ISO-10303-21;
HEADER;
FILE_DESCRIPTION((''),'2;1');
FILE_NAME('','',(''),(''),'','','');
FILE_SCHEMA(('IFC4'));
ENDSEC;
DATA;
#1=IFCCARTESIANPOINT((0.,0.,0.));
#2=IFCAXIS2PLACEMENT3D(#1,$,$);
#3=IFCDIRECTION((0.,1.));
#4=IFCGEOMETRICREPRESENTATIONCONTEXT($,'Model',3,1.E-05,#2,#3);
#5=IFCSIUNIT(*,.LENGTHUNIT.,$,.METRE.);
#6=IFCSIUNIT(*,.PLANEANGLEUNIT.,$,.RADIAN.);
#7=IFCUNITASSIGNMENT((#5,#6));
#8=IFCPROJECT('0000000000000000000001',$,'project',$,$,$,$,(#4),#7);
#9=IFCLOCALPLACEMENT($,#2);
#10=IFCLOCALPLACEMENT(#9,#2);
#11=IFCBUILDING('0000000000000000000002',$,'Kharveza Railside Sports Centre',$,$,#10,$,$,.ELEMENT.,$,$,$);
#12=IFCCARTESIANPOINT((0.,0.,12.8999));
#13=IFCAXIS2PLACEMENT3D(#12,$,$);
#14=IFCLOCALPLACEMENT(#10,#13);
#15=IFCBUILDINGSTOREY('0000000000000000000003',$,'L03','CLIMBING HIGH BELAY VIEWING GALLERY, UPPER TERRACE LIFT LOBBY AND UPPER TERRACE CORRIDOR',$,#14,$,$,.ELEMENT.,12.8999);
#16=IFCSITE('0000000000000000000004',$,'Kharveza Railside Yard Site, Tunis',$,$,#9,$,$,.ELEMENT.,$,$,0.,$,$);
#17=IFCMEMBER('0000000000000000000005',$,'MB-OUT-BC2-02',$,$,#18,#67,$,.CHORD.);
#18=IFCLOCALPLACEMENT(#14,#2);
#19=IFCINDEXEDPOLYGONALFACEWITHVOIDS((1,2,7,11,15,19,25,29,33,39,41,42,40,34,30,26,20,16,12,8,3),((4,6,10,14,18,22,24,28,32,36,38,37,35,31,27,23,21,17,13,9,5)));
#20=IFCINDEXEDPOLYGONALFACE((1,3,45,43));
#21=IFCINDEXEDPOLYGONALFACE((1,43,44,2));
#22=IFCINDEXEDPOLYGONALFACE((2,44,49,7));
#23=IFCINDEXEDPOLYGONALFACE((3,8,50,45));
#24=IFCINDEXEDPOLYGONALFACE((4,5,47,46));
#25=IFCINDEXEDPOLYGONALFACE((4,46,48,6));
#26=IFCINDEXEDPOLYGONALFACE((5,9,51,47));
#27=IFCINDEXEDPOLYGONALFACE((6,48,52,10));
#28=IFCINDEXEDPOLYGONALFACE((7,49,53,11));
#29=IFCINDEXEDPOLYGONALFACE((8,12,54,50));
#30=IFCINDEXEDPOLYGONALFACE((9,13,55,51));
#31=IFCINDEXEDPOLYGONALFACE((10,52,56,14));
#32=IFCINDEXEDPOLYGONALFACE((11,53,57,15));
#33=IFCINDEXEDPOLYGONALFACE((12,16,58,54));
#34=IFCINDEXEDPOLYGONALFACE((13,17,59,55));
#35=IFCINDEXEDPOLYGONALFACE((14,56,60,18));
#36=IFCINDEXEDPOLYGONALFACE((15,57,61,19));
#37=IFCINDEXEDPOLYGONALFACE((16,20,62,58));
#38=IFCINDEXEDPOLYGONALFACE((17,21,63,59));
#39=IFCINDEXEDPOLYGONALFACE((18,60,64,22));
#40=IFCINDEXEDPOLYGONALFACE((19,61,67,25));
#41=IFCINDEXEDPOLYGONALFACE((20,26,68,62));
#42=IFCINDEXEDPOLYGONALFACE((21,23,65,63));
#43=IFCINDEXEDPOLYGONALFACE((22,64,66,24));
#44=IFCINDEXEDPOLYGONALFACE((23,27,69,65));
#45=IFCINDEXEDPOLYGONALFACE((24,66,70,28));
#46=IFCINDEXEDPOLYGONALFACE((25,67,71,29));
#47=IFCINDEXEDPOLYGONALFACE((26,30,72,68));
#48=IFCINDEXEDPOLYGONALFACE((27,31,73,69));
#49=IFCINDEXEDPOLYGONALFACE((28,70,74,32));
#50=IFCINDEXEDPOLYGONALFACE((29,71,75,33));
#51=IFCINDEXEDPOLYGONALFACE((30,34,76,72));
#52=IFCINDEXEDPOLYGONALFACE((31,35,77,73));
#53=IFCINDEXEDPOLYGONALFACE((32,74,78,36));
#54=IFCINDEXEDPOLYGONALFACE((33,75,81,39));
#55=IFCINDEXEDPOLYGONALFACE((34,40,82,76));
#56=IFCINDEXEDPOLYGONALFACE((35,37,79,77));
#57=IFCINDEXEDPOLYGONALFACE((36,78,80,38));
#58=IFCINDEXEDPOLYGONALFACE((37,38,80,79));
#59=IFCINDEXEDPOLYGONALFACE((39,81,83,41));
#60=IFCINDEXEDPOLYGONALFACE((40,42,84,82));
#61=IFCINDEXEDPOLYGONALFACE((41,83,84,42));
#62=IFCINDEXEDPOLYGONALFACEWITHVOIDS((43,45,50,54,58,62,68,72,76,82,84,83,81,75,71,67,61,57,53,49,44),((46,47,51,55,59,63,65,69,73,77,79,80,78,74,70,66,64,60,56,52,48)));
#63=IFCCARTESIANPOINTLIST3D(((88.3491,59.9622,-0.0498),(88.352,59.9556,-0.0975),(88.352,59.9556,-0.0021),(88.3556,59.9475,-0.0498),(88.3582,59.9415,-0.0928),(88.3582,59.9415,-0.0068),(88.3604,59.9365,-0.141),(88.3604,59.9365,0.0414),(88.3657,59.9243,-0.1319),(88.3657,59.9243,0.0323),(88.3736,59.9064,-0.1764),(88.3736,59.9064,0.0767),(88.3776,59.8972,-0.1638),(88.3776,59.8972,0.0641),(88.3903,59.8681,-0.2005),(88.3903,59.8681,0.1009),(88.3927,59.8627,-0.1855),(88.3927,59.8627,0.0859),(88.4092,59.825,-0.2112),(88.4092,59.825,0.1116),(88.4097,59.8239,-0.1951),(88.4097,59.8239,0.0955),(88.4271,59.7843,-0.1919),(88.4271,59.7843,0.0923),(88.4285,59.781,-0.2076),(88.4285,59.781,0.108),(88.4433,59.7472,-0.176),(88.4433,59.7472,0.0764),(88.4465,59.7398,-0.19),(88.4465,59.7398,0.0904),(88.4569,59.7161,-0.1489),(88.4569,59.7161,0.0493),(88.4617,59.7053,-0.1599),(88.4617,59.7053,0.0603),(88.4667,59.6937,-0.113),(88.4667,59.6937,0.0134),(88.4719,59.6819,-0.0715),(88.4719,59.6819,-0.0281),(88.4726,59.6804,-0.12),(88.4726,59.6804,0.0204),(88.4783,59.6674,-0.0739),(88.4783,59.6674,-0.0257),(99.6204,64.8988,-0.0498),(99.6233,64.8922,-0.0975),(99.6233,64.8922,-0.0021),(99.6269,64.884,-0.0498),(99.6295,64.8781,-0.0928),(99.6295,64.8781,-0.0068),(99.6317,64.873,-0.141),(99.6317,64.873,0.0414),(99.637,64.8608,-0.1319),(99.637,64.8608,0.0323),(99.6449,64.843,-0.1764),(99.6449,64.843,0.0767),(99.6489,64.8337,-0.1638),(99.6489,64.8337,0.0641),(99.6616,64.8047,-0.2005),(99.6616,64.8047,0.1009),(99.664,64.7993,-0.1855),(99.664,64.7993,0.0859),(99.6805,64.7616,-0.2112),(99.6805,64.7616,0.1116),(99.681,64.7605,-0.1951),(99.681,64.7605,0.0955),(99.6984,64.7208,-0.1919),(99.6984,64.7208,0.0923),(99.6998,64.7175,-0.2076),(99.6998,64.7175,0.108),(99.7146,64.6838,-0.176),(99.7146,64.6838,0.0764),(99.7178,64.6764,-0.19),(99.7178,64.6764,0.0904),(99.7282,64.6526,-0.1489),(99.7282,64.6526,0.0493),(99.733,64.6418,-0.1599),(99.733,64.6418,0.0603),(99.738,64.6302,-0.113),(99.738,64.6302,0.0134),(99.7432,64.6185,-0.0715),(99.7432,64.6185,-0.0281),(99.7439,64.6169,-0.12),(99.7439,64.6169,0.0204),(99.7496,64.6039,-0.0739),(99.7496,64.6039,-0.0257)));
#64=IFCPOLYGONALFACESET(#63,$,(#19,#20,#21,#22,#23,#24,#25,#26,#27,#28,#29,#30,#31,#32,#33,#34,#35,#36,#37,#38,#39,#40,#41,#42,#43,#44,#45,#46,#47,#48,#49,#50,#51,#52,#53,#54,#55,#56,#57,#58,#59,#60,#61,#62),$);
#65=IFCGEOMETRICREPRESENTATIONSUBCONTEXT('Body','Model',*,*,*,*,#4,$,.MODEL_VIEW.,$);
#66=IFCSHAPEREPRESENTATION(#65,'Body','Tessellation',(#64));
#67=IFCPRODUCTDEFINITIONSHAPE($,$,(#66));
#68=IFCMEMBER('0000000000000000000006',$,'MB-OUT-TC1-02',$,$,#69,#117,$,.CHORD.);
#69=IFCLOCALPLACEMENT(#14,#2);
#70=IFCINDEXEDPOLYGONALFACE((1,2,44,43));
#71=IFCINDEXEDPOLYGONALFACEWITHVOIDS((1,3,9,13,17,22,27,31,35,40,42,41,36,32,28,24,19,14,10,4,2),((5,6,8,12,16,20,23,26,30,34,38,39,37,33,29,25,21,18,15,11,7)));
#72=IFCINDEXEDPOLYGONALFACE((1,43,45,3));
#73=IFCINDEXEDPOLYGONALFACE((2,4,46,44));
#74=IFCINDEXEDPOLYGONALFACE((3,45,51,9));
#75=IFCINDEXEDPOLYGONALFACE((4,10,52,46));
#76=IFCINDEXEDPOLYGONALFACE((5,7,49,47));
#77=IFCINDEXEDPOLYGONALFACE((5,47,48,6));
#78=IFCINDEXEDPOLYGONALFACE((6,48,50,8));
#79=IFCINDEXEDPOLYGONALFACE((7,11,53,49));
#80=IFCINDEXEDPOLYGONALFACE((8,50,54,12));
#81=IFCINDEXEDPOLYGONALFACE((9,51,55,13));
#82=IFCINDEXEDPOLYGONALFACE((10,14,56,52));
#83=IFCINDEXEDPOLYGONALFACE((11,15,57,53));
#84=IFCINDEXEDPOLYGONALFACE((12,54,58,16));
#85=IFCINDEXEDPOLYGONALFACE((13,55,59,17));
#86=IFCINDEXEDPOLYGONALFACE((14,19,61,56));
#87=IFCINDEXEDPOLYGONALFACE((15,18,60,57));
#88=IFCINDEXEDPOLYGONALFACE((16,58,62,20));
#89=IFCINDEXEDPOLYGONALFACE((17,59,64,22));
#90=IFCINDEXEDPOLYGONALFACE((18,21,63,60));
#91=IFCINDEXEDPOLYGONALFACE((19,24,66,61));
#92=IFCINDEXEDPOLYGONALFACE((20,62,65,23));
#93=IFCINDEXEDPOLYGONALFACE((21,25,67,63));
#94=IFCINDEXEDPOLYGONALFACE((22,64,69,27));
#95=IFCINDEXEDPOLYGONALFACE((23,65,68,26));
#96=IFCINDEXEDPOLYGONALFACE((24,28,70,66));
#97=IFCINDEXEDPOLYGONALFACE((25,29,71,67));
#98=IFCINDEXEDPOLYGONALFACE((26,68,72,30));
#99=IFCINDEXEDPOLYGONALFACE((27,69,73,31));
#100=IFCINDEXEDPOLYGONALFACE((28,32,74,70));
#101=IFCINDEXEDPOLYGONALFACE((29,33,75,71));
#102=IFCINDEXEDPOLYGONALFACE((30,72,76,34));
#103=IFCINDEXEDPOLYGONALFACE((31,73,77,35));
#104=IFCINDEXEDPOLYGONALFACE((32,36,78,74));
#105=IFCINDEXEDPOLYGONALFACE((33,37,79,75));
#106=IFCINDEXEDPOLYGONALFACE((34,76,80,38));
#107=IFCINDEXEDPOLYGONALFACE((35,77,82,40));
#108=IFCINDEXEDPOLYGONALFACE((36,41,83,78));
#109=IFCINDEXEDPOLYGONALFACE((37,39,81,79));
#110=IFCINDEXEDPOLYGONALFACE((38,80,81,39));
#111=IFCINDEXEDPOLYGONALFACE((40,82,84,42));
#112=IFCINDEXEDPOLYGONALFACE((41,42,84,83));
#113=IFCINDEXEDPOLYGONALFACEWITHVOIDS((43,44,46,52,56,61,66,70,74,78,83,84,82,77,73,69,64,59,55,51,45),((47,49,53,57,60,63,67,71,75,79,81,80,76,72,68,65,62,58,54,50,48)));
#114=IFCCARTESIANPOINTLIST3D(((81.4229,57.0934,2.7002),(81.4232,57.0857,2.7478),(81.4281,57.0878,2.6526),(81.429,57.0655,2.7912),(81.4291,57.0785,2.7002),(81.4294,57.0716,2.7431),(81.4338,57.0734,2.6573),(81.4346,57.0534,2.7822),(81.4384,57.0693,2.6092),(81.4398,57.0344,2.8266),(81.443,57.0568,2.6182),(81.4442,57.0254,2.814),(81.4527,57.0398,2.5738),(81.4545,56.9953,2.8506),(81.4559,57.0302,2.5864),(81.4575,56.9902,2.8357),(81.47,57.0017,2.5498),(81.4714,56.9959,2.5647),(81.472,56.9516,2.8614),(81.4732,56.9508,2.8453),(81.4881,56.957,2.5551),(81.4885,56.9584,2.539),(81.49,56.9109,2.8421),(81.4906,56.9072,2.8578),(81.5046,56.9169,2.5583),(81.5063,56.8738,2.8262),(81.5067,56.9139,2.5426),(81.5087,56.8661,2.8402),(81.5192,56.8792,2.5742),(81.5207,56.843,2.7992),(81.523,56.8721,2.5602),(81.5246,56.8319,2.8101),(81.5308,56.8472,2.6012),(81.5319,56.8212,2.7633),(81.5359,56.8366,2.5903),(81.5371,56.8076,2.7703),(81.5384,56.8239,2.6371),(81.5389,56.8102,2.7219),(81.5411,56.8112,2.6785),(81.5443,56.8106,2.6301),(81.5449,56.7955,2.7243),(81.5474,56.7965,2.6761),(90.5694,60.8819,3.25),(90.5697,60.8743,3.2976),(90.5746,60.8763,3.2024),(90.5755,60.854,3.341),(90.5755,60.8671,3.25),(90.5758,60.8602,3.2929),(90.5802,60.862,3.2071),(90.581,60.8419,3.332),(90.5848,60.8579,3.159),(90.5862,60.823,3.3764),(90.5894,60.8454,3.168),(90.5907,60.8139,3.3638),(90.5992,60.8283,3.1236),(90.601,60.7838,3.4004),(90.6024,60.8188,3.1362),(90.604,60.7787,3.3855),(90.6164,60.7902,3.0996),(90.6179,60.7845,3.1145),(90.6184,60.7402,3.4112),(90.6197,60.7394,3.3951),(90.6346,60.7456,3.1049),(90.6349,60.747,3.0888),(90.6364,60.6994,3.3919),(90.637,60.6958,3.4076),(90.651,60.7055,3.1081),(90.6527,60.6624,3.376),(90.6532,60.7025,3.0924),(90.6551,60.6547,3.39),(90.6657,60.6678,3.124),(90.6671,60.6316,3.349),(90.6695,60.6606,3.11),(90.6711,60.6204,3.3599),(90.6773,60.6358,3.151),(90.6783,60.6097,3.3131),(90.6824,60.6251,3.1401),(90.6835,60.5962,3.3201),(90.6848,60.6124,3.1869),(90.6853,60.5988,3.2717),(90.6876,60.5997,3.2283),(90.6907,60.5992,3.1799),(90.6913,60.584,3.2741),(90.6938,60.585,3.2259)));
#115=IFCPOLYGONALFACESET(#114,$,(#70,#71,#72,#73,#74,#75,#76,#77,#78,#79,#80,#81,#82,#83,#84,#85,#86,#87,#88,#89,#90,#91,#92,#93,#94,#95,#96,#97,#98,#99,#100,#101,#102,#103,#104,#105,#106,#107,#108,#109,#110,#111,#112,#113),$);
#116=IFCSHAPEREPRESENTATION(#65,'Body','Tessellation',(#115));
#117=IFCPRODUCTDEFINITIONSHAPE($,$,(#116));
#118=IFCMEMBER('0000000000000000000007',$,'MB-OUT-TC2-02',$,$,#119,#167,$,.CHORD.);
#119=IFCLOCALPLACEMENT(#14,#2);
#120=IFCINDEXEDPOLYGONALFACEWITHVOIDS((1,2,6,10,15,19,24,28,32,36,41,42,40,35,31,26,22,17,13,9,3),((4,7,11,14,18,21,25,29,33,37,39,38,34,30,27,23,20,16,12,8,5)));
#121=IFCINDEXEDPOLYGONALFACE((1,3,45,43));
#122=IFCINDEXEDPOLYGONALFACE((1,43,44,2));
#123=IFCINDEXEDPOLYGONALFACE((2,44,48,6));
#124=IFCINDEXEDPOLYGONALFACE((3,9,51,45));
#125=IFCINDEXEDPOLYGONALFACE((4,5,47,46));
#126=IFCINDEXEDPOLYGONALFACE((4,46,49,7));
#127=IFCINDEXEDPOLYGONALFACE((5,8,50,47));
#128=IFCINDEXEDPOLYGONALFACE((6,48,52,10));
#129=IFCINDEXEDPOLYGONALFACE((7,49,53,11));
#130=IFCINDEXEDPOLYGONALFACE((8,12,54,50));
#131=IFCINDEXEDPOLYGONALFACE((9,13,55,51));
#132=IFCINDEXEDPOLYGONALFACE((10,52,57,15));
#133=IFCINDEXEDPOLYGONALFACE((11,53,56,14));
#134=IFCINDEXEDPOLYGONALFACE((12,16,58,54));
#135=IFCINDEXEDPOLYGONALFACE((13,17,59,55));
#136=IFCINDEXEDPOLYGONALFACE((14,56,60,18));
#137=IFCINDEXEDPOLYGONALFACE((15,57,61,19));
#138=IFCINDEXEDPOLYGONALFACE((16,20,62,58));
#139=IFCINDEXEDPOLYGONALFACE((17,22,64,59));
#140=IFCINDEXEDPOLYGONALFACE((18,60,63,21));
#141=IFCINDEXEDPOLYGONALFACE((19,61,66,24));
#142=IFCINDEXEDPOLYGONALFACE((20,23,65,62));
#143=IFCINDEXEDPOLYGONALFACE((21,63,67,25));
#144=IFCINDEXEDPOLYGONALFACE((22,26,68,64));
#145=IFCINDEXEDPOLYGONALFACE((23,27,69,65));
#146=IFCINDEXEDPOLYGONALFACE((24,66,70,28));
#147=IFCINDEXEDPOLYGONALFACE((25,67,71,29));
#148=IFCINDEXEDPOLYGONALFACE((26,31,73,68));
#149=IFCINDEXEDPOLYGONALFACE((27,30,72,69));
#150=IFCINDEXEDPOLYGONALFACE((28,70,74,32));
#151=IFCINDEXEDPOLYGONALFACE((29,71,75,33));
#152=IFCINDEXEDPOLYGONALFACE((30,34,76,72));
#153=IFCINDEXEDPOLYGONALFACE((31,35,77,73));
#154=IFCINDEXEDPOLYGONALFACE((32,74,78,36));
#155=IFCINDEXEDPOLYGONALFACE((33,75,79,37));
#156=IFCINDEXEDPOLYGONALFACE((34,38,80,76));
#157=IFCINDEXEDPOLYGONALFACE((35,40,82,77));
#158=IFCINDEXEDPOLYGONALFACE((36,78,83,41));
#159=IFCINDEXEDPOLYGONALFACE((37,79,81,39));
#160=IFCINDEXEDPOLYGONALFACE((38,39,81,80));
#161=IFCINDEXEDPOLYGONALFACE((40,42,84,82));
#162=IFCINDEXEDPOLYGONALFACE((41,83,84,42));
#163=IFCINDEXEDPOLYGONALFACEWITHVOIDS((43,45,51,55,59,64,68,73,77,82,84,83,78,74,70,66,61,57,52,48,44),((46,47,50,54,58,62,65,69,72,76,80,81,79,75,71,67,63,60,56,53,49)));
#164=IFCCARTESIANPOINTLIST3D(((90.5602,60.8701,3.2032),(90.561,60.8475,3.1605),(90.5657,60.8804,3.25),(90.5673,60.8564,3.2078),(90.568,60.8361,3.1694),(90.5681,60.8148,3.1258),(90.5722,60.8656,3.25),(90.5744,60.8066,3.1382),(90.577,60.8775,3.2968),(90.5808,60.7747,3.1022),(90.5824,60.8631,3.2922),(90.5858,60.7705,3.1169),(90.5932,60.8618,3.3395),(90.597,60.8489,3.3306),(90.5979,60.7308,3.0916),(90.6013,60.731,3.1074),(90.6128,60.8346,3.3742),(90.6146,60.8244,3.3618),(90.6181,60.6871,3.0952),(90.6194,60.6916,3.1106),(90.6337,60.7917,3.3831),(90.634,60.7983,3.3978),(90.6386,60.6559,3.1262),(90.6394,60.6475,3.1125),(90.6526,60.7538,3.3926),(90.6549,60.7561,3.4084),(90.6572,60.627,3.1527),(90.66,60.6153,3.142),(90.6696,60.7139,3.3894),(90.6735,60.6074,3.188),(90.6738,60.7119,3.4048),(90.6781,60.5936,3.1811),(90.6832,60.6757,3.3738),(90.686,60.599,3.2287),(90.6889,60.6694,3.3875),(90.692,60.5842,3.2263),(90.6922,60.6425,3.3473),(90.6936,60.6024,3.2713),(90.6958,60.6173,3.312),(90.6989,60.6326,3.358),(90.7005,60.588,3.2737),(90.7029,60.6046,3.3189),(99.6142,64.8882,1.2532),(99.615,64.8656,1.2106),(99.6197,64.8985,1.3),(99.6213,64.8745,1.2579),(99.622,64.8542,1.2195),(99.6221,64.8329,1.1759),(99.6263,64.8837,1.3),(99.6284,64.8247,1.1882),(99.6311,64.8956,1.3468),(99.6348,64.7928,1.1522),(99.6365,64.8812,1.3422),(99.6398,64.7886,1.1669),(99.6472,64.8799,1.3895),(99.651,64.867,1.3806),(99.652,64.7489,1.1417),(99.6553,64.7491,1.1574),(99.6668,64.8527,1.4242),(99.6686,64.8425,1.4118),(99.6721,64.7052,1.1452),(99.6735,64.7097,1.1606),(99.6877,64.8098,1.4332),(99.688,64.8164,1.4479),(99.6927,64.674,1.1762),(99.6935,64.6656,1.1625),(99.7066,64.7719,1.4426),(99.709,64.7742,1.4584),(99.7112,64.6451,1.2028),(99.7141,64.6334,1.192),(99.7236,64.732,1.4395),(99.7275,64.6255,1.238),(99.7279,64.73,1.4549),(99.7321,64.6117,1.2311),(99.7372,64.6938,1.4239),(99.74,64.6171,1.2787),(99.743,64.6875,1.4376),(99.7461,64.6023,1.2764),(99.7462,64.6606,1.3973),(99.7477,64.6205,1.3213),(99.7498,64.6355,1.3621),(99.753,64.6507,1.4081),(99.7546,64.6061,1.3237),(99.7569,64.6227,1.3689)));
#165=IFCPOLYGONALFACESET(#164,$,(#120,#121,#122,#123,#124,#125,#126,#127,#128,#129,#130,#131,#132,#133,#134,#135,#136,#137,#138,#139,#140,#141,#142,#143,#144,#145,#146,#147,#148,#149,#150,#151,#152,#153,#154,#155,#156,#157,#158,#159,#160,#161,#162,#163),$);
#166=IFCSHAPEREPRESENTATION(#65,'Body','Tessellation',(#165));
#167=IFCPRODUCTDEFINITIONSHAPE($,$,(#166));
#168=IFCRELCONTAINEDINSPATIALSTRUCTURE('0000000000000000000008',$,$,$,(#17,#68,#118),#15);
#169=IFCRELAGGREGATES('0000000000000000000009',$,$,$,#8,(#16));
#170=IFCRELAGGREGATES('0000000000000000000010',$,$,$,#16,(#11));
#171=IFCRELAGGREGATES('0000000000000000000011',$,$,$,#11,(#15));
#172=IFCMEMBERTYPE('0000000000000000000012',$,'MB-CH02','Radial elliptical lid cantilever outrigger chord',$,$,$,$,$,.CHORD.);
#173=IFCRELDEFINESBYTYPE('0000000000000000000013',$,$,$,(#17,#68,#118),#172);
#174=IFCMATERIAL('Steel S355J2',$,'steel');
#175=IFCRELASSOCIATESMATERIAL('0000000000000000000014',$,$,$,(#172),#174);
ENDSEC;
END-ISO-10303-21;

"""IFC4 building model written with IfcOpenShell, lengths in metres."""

from ifc_helpers import new_model, si_unit, direction, frame, origin, origin_2d, place, context, subcontext, project, spatial, hollow_circle, extrude, material, material_profile, profile_set, type_object, element, save


model = new_model("IFC4")

# Units and contexts
model_context = context("Model", 3, precision=1e-05, world=origin(), true_north=direction((0.0, 1.0)))
body_context = subcontext(model_context, "Body", "Model", "MODEL_VIEW")
ifc_project = project(units=[si_unit("LENGTHUNIT", "METRE"), si_unit("PLANEANGLEUNIT", "RADIAN")], contexts=[model_context])

# Site, building, storey
site_placement = place(None, origin())
site = spatial("IfcSite", under=ifc_project, at=site_placement, Name="Kharveza Railside Yard Site, Tunis", CompositionType="ELEMENT", RefElevation=0.0)
building_placement = place(site_placement, origin())
building = spatial("IfcBuilding", under=site, at=building_placement, Name="Kharveza Railside Sports Centre", CompositionType="ELEMENT")
storey_placement = place(building_placement, frame((0.0, 0.0, 12.8999)))
storey = spatial("IfcBuildingStorey", under=building, at=storey_placement, Name="L03", Description="CLIMBING HIGH BELAY VIEWING GALLERY, UPPER TERRACE LIFT LOBBY AND UPPER TERRACE CORRIDOR", CompositionType="ELEMENT", Elevation=12.8999)

# Shared definitions
ifc_material_1 = material(Name="Steel S355J2", Category="steel")

# Members
ifc_material_profile_1 = material_profile(ifc_material_1, hollow_circle(Radius=0.1619, WallThickness=0.0161, at=origin_2d()), Name="CHS 323.9x16.0")
ifc_profile_set_1 = profile_set([ifc_material_profile_1], Name="Steel S355J2")
member_type_1 = type_object("IfcMemberType", Name="MB-CH02", Description="Radial elliptical lid cantilever outrigger chord", PredefinedType="CHORD", material=ifc_profile_set_1)
member_1_placement = place(storey_placement, frame((88.4141, 59.814, -0.0498), z_axis=(0.915997, 0.401184, 0.0), x_axis=(-0.401184, 0.915997, 0.0)))
element("IfcMember", 1, at=member_1_placement, inside=storey, type_object=member_type_1, Name="MB-OUT-BC2-02", PredefinedType="CHORD", context=body_context, shape_type="SweptSolid", body=[
    extrude(hollow_circle(Radius=0.1619, WallThickness=0.0161, at=origin_2d()), origin(), (0.0, 0.0, 1.0), 12.3049),
])
member_2_placement = place(storey_placement, frame((81.4849, 56.9438, 2.7002), z_axis=(0.922459, 0.382093, 0.05545), x_axis=(-0.382681, 0.92388, 0.0)))
element("IfcMember", 2, at=member_2_placement, inside=storey, type_object=member_type_1, Name="MB-OUT-TC1-02", PredefinedType="CHORD", context=body_context, shape_type="SweptSolid", body=[
    extrude(hollow_circle(Radius=0.1619, WallThickness=0.0161, at=origin_2d()), origin(), (0.0, 0.0, 1.0), 9.9153),
])
member_3_placement = place(storey_placement, frame((90.6313, 60.7324, 3.25), z_axis=(0.896821, 0.398001, -0.193148), x_axis=(-0.40564, 0.914033, 0.0)))
element("IfcMember", 3, at=member_3_placement, inside=storey, type_object=member_type_1, Name="MB-OUT-TC2-02", PredefinedType="CHORD", context=body_context, shape_type="SweptSolid", body=[
    extrude(hollow_circle(Radius=0.1619, WallThickness=0.0161, at=origin_2d()), origin(), (0.0, 0.0, 1.0), 10.0957),
])

save(model, "model.ifc")
